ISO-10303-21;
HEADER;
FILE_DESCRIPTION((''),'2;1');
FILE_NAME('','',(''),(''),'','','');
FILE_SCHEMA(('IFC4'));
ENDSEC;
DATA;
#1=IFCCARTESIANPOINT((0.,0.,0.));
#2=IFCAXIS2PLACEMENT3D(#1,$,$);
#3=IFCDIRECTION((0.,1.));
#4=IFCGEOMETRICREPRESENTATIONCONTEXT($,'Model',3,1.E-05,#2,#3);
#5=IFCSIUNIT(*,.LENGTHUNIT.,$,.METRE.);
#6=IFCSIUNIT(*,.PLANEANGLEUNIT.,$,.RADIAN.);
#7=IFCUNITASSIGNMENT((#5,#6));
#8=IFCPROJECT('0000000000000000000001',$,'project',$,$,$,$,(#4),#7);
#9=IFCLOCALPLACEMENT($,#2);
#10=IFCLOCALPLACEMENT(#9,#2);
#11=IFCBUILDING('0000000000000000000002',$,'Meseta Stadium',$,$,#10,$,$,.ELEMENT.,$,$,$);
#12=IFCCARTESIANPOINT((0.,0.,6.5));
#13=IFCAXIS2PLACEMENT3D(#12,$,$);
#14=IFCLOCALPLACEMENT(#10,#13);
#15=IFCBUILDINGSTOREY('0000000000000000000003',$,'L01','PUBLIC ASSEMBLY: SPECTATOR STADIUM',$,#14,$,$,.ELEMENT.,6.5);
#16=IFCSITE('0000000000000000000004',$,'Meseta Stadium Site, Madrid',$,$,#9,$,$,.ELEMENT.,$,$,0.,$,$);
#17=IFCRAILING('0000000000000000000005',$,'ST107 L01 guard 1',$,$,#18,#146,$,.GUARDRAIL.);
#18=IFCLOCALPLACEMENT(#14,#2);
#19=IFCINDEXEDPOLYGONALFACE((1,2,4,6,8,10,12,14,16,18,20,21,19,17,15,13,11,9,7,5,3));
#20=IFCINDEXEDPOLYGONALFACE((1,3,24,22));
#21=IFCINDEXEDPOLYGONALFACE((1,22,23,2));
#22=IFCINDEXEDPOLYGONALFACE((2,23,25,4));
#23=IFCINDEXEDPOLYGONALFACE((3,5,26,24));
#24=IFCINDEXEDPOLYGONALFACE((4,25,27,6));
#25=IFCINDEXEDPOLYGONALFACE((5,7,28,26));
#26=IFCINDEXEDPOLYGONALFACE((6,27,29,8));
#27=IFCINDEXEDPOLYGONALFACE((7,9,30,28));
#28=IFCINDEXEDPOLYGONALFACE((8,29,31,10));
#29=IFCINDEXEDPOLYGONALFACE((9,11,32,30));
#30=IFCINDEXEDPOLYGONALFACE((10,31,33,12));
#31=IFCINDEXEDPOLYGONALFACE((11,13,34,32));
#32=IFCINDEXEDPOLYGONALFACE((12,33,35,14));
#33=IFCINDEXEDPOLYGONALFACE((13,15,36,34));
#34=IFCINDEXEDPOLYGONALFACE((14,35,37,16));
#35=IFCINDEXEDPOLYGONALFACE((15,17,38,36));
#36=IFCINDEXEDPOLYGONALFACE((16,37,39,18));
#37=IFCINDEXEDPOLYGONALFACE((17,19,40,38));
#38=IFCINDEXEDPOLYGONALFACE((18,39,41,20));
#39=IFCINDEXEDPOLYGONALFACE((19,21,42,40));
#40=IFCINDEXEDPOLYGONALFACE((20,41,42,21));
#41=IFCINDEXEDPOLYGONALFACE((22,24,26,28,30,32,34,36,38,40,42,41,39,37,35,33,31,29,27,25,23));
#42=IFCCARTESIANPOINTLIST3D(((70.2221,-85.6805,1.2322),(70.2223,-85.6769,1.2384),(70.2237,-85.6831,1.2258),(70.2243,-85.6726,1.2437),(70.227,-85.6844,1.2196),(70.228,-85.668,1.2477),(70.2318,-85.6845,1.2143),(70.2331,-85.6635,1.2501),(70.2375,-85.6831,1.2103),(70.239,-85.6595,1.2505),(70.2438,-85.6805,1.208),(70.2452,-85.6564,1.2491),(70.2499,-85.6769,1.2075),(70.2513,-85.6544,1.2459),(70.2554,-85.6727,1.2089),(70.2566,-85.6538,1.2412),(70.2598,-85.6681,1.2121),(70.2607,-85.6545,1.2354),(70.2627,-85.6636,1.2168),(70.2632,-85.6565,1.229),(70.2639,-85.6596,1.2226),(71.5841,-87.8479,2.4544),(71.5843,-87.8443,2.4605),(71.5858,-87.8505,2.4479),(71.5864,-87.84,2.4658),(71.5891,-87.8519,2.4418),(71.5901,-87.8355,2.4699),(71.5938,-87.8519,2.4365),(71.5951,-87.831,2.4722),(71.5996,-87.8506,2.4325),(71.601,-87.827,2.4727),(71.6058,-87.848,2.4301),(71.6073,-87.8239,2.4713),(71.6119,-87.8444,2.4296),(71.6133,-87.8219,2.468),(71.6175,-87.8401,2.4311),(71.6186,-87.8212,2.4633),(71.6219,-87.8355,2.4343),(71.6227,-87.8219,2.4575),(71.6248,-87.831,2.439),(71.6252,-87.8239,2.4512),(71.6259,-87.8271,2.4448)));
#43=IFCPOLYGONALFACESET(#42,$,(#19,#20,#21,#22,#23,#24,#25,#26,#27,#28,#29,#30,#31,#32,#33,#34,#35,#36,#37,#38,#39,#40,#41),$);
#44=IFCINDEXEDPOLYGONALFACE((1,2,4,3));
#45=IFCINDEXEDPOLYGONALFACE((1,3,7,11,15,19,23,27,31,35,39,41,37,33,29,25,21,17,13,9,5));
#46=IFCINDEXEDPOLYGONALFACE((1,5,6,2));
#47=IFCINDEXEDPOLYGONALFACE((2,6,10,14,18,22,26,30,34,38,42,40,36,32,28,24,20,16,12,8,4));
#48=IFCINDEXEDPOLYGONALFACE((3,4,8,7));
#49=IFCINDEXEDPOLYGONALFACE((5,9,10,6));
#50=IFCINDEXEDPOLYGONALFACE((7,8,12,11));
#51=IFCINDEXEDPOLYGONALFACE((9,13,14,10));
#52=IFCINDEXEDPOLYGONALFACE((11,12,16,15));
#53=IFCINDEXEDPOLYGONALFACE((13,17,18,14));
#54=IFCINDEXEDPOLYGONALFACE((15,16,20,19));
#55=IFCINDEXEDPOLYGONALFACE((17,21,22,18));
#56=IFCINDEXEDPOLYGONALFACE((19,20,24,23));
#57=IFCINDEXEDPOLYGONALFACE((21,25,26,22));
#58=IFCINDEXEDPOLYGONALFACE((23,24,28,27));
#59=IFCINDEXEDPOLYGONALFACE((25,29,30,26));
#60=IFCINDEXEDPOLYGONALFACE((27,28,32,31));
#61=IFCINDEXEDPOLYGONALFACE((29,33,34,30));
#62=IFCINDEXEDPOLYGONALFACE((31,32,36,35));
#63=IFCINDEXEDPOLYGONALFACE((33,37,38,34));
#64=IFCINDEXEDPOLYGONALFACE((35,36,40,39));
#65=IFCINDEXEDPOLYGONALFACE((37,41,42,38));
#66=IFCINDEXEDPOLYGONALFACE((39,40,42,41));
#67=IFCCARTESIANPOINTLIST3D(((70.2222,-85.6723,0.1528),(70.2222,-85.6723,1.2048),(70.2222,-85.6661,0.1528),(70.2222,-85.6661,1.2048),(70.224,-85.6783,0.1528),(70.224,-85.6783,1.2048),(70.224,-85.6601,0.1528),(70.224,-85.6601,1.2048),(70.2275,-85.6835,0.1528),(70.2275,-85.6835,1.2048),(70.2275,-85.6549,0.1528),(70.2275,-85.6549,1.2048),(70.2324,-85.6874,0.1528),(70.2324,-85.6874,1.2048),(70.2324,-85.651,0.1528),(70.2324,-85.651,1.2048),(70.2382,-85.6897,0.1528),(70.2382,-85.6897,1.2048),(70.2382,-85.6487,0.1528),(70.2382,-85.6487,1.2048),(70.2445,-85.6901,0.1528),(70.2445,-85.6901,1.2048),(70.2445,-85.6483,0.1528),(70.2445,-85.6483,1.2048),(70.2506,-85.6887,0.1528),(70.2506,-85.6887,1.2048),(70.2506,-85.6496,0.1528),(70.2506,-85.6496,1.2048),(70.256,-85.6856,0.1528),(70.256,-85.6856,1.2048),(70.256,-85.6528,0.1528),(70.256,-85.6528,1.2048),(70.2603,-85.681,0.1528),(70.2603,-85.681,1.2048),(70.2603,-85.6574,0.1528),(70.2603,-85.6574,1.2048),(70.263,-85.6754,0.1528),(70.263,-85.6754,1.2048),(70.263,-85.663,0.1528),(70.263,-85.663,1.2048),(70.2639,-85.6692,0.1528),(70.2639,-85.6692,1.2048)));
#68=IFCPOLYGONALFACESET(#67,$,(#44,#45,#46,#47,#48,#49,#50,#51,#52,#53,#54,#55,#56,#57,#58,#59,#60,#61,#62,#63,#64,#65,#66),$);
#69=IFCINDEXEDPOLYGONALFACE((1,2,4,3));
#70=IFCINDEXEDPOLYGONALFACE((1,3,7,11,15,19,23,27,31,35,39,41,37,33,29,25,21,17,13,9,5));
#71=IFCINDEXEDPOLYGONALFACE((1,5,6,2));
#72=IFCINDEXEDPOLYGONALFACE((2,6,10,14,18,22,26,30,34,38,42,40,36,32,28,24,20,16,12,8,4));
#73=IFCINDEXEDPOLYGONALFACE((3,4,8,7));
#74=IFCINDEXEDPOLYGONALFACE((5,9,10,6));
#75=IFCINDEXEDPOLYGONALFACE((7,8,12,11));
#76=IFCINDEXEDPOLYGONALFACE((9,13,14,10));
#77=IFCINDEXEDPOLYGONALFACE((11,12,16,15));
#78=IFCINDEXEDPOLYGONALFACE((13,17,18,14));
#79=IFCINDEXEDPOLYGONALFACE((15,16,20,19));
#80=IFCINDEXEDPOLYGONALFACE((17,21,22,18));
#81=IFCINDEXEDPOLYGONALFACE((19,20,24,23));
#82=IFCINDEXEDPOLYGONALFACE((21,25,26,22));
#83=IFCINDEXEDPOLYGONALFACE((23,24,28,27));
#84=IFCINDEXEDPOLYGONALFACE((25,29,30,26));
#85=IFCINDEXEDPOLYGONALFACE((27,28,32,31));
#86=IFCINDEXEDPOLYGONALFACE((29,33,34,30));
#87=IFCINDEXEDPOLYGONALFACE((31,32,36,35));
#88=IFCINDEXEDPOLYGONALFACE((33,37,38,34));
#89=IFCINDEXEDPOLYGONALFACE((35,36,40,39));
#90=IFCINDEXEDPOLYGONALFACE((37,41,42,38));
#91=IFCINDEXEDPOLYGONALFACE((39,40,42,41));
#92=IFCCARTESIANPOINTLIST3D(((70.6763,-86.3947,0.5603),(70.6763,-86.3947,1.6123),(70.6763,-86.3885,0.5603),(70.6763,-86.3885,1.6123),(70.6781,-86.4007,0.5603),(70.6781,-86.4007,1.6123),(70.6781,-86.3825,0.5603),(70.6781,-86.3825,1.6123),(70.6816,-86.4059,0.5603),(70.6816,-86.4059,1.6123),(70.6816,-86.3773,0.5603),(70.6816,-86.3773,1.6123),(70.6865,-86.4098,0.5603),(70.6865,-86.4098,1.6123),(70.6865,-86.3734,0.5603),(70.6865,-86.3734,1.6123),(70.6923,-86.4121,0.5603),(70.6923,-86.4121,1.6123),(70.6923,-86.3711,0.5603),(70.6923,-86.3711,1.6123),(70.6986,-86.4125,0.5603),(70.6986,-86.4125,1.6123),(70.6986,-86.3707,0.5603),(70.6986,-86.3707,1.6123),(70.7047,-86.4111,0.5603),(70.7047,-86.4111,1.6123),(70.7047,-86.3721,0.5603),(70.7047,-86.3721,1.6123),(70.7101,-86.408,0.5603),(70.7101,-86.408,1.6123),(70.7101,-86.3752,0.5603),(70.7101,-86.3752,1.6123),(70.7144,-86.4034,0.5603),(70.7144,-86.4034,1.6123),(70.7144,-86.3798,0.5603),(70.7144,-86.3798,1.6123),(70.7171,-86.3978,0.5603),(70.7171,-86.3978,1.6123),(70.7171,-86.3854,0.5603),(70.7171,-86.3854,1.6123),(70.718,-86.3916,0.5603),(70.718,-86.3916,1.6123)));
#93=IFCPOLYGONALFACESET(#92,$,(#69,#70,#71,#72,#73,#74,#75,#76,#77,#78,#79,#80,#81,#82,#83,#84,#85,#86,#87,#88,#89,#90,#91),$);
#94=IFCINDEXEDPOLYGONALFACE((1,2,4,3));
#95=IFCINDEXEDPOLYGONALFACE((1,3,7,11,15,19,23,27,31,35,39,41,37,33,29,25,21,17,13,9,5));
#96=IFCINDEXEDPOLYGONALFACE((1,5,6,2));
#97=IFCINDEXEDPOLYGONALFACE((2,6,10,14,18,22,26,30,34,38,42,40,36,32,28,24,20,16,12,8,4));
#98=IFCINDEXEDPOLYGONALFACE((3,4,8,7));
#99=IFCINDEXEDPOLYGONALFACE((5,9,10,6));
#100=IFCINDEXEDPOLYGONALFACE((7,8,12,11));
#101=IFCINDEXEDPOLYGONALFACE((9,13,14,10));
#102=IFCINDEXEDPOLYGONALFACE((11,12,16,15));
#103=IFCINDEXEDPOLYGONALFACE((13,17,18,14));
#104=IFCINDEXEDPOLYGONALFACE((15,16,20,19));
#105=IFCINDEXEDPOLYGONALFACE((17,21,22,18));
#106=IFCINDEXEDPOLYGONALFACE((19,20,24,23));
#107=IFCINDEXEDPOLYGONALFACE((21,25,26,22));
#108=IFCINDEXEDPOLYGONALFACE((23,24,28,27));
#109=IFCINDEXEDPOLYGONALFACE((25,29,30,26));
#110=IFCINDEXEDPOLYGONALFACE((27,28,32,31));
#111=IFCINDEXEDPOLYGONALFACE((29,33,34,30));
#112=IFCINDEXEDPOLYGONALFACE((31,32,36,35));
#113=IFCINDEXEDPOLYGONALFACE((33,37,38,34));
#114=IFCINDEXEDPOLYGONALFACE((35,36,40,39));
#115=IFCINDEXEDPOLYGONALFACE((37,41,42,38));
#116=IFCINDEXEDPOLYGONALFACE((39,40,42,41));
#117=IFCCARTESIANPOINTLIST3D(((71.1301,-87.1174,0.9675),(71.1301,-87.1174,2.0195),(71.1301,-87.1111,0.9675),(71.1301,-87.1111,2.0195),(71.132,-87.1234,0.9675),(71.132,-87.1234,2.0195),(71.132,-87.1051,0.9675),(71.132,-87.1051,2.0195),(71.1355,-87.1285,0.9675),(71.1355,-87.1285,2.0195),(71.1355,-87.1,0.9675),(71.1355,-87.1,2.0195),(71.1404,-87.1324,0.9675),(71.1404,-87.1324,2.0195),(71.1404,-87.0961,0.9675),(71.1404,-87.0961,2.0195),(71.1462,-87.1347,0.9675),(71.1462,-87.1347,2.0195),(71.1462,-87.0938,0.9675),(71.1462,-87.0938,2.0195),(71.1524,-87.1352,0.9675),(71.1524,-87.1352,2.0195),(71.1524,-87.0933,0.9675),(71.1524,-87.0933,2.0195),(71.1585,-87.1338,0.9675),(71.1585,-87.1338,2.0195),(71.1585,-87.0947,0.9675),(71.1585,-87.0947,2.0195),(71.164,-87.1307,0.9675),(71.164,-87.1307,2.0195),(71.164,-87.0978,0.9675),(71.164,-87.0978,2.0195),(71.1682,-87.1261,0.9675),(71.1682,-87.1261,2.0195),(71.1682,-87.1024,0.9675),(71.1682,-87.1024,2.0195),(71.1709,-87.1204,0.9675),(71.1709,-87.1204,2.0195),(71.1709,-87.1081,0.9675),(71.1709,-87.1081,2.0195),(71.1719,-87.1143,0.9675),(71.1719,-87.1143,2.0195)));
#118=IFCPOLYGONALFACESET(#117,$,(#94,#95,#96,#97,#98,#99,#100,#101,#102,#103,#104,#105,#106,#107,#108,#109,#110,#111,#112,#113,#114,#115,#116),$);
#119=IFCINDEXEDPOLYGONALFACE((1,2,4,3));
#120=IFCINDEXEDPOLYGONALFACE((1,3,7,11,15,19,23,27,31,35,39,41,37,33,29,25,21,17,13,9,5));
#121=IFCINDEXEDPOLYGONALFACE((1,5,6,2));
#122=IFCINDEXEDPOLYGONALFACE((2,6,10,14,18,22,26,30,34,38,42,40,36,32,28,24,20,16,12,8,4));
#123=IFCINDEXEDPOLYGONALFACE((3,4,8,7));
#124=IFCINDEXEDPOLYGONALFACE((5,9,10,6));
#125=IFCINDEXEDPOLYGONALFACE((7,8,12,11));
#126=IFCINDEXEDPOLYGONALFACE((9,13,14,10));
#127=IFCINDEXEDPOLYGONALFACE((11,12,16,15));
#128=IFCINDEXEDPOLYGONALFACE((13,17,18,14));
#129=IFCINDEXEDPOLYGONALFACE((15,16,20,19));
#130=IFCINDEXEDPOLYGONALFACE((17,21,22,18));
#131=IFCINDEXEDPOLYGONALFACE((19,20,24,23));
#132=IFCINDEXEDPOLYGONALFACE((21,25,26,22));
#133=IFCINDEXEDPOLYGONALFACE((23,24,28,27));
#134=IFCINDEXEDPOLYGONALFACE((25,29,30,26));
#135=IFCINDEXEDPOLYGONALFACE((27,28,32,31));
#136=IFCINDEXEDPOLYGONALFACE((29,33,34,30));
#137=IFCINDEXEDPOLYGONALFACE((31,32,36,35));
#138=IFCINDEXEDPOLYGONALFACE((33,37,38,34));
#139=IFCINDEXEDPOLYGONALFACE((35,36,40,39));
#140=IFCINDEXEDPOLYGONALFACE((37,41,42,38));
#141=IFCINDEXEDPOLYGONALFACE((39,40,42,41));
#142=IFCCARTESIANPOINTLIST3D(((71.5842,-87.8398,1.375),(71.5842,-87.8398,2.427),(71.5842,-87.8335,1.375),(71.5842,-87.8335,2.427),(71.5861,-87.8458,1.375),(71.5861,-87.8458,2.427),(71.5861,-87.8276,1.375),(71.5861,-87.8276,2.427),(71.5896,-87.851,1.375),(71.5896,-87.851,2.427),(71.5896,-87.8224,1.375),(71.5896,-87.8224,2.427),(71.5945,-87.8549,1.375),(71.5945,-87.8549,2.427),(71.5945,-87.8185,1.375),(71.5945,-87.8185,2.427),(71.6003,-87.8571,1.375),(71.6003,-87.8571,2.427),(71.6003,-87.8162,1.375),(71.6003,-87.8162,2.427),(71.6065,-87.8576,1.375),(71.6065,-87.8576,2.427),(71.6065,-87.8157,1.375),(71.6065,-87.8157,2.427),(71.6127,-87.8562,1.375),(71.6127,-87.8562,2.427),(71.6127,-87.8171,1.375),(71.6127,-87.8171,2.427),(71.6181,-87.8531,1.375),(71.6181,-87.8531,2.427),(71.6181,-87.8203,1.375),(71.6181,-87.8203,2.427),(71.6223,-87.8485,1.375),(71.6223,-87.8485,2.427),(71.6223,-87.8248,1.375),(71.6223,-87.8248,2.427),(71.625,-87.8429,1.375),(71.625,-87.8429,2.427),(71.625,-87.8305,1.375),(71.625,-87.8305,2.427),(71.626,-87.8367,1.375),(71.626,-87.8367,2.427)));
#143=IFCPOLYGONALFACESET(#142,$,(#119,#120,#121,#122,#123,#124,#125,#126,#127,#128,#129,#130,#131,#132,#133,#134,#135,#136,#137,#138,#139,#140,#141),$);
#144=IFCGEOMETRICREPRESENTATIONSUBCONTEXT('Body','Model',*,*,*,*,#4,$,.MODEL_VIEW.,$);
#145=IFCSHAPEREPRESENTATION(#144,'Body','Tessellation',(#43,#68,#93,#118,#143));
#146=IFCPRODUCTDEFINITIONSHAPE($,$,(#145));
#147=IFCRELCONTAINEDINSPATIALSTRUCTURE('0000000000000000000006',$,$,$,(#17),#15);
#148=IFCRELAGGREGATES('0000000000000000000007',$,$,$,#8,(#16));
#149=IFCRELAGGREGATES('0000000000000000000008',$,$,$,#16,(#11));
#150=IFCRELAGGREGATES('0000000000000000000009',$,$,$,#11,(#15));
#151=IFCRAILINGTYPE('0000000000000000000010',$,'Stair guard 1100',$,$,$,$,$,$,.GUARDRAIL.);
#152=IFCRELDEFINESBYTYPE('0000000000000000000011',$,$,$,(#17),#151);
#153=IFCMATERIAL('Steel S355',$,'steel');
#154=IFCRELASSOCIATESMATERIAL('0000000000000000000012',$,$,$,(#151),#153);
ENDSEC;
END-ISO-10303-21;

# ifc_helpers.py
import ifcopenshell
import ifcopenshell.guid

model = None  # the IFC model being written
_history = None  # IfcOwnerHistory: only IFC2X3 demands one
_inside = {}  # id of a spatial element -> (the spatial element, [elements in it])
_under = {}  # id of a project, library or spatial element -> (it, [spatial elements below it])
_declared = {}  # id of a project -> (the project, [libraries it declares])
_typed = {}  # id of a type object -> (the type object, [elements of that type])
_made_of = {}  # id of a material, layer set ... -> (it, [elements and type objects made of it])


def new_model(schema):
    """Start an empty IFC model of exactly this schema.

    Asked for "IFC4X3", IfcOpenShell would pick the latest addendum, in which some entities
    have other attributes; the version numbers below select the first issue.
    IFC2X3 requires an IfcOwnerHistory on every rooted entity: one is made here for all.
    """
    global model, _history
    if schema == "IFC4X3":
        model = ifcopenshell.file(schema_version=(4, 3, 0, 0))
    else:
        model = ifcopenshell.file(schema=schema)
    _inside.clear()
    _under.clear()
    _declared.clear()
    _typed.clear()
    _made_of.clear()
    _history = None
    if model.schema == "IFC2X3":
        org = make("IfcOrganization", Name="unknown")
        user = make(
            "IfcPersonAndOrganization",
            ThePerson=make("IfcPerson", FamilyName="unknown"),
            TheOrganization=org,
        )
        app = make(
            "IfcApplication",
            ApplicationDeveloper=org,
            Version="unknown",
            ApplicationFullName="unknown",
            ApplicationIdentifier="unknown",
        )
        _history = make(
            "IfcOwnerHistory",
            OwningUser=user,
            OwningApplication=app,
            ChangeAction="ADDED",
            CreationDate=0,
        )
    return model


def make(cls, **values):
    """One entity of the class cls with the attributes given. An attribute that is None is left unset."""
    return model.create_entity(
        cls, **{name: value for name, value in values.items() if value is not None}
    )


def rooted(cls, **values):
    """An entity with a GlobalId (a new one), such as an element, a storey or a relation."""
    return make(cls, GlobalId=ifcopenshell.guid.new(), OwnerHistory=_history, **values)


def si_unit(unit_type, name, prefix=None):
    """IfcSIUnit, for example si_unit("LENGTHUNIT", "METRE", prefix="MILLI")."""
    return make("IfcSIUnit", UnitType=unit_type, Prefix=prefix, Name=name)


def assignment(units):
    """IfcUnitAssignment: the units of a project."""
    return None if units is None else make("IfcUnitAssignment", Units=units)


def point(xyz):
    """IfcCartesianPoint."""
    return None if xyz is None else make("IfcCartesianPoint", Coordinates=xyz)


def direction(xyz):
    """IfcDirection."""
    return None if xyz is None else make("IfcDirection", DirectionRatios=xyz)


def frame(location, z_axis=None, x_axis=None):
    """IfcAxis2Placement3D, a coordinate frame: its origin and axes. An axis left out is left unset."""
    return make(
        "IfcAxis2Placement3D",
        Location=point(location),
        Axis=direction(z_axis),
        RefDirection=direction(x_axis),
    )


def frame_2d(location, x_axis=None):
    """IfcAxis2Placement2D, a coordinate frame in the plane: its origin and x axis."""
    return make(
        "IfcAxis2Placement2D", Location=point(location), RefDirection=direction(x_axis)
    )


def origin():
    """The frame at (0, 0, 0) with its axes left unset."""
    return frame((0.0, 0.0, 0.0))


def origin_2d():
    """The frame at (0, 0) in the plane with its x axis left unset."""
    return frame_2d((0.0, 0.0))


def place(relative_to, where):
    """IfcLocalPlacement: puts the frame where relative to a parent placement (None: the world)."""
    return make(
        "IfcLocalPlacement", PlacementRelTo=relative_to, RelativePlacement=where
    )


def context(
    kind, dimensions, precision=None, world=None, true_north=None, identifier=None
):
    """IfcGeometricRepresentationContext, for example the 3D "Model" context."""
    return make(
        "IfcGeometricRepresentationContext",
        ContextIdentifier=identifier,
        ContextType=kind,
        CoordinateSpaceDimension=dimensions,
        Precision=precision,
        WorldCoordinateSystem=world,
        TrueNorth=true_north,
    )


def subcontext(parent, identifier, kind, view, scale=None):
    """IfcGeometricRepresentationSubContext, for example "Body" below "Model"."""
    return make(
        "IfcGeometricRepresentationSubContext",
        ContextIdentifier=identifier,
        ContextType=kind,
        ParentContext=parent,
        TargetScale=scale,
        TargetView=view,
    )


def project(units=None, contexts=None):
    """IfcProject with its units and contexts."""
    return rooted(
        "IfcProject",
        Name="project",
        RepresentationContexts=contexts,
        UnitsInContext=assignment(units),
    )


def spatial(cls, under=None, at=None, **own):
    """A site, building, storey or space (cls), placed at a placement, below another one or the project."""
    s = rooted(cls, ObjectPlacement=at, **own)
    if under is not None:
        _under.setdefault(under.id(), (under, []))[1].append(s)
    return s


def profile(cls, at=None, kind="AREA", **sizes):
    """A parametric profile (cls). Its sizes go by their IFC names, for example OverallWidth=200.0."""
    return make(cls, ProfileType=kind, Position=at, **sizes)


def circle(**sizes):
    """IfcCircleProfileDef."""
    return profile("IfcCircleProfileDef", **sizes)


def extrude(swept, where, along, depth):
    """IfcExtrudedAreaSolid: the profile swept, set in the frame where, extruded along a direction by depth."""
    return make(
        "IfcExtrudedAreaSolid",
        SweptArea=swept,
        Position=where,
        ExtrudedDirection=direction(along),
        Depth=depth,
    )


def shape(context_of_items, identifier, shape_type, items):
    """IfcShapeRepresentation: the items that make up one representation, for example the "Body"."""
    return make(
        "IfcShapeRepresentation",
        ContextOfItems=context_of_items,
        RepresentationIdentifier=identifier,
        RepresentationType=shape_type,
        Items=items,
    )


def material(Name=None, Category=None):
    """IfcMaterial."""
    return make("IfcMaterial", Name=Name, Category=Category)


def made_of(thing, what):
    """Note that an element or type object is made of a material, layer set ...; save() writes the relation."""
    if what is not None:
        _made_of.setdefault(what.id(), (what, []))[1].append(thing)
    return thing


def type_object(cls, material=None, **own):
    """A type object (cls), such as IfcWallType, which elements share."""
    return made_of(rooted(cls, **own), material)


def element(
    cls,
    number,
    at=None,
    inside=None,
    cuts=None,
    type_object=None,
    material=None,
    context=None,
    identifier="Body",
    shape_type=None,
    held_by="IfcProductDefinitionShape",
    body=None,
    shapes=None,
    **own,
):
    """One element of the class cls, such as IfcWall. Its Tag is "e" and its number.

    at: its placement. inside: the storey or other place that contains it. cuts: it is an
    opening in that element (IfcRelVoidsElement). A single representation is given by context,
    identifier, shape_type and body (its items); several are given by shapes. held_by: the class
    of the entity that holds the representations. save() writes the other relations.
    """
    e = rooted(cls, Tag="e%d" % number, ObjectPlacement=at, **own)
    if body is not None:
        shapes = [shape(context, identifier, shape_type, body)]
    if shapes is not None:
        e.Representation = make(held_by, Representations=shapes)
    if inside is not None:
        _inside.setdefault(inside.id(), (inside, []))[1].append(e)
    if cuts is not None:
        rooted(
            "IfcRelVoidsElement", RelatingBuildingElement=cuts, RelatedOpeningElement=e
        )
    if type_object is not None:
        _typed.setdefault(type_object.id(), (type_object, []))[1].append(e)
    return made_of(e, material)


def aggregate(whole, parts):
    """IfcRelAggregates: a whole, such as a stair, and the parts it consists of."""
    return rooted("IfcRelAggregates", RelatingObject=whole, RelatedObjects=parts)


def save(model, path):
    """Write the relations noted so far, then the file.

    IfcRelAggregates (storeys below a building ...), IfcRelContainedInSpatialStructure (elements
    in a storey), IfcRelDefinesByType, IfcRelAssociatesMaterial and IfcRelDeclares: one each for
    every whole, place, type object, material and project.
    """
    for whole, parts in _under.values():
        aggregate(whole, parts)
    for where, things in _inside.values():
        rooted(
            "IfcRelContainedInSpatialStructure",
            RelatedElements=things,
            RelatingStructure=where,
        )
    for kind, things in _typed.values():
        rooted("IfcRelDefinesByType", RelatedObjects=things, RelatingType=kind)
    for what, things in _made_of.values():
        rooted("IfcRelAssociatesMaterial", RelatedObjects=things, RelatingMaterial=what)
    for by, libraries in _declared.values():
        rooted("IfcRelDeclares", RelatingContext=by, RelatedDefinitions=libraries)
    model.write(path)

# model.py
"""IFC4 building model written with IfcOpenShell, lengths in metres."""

from ifc_helpers import new_model, si_unit, direction, frame, origin, origin_2d, place, context, subcontext, project, spatial, circle, extrude, material, type_object, element, save


model = new_model("IFC4")

# Units and contexts
model_context = context("Model", 3, precision=1e-05, world=origin(), true_north=direction((0.0, 1.0)))
body_context = subcontext(model_context, "Body", "Model", "MODEL_VIEW")
ifc_project = project(units=[si_unit("LENGTHUNIT", "METRE"), si_unit("PLANEANGLEUNIT", "RADIAN")], contexts=[model_context])

# Site, building, storey
site_placement = place(None, origin())
site = spatial("IfcSite", under=ifc_project, at=site_placement, Name="Meseta Stadium Site, Madrid", CompositionType="ELEMENT", RefElevation=0.0)
building_placement = place(site_placement, origin())
building = spatial("IfcBuilding", under=site, at=building_placement, Name="Meseta Stadium", CompositionType="ELEMENT")
storey_placement = place(building_placement, frame((0.0, 0.0, 6.5)))
storey = spatial("IfcBuildingStorey", under=building, at=storey_placement, Name="L01", Description="PUBLIC ASSEMBLY: SPECTATOR STADIUM", CompositionType="ELEMENT", Elevation=6.5)

# Railing
ifc_material_1 = material(Name="Steel S355", Category="steel")
railing_type_1 = type_object("IfcRailingType", Name="Stair guard 1100", PredefinedType="GUARDRAIL", material=ifc_material_1)
railing_1_placement = place(storey_placement, frame((70.2429, -85.6692, 0.1528)))
element("IfcRailing", 1, at=railing_1_placement, inside=storey, type_object=railing_type_1, Name="ST107 L01 guard 1", PredefinedType="GUARDRAIL", context=body_context, shape_type="SweptSolid", body=[
    extrude(circle(Radius=0.0239, at=origin_2d()), frame((0.0, 0.0, 1.0762), z_axis=(0.480156, -0.764085, 0.430841), x_axis=(0.846699, 0.532072, 0.0)), (0.0, 0.0, 1.0), 2.8367),
    extrude(circle(Radius=0.021, at=origin_2d()), origin(), (0.0, 0.0, 1.0), 1.052),
    extrude(circle(Radius=0.021, at=origin_2d()), frame((0.4541, -0.7224, 0.4075)), (0.0, 0.0, 1.0), 1.052),
    extrude(circle(Radius=0.021, at=origin_2d()), frame((0.908, -1.4451, 0.8147)), (0.0, 0.0, 1.0), 1.052),
    extrude(circle(Radius=0.021, at=origin_2d()), frame((1.3621, -2.1675, 1.2222)), (0.0, 0.0, 1.0), 1.052),
])

save(model, "model.ifc")
